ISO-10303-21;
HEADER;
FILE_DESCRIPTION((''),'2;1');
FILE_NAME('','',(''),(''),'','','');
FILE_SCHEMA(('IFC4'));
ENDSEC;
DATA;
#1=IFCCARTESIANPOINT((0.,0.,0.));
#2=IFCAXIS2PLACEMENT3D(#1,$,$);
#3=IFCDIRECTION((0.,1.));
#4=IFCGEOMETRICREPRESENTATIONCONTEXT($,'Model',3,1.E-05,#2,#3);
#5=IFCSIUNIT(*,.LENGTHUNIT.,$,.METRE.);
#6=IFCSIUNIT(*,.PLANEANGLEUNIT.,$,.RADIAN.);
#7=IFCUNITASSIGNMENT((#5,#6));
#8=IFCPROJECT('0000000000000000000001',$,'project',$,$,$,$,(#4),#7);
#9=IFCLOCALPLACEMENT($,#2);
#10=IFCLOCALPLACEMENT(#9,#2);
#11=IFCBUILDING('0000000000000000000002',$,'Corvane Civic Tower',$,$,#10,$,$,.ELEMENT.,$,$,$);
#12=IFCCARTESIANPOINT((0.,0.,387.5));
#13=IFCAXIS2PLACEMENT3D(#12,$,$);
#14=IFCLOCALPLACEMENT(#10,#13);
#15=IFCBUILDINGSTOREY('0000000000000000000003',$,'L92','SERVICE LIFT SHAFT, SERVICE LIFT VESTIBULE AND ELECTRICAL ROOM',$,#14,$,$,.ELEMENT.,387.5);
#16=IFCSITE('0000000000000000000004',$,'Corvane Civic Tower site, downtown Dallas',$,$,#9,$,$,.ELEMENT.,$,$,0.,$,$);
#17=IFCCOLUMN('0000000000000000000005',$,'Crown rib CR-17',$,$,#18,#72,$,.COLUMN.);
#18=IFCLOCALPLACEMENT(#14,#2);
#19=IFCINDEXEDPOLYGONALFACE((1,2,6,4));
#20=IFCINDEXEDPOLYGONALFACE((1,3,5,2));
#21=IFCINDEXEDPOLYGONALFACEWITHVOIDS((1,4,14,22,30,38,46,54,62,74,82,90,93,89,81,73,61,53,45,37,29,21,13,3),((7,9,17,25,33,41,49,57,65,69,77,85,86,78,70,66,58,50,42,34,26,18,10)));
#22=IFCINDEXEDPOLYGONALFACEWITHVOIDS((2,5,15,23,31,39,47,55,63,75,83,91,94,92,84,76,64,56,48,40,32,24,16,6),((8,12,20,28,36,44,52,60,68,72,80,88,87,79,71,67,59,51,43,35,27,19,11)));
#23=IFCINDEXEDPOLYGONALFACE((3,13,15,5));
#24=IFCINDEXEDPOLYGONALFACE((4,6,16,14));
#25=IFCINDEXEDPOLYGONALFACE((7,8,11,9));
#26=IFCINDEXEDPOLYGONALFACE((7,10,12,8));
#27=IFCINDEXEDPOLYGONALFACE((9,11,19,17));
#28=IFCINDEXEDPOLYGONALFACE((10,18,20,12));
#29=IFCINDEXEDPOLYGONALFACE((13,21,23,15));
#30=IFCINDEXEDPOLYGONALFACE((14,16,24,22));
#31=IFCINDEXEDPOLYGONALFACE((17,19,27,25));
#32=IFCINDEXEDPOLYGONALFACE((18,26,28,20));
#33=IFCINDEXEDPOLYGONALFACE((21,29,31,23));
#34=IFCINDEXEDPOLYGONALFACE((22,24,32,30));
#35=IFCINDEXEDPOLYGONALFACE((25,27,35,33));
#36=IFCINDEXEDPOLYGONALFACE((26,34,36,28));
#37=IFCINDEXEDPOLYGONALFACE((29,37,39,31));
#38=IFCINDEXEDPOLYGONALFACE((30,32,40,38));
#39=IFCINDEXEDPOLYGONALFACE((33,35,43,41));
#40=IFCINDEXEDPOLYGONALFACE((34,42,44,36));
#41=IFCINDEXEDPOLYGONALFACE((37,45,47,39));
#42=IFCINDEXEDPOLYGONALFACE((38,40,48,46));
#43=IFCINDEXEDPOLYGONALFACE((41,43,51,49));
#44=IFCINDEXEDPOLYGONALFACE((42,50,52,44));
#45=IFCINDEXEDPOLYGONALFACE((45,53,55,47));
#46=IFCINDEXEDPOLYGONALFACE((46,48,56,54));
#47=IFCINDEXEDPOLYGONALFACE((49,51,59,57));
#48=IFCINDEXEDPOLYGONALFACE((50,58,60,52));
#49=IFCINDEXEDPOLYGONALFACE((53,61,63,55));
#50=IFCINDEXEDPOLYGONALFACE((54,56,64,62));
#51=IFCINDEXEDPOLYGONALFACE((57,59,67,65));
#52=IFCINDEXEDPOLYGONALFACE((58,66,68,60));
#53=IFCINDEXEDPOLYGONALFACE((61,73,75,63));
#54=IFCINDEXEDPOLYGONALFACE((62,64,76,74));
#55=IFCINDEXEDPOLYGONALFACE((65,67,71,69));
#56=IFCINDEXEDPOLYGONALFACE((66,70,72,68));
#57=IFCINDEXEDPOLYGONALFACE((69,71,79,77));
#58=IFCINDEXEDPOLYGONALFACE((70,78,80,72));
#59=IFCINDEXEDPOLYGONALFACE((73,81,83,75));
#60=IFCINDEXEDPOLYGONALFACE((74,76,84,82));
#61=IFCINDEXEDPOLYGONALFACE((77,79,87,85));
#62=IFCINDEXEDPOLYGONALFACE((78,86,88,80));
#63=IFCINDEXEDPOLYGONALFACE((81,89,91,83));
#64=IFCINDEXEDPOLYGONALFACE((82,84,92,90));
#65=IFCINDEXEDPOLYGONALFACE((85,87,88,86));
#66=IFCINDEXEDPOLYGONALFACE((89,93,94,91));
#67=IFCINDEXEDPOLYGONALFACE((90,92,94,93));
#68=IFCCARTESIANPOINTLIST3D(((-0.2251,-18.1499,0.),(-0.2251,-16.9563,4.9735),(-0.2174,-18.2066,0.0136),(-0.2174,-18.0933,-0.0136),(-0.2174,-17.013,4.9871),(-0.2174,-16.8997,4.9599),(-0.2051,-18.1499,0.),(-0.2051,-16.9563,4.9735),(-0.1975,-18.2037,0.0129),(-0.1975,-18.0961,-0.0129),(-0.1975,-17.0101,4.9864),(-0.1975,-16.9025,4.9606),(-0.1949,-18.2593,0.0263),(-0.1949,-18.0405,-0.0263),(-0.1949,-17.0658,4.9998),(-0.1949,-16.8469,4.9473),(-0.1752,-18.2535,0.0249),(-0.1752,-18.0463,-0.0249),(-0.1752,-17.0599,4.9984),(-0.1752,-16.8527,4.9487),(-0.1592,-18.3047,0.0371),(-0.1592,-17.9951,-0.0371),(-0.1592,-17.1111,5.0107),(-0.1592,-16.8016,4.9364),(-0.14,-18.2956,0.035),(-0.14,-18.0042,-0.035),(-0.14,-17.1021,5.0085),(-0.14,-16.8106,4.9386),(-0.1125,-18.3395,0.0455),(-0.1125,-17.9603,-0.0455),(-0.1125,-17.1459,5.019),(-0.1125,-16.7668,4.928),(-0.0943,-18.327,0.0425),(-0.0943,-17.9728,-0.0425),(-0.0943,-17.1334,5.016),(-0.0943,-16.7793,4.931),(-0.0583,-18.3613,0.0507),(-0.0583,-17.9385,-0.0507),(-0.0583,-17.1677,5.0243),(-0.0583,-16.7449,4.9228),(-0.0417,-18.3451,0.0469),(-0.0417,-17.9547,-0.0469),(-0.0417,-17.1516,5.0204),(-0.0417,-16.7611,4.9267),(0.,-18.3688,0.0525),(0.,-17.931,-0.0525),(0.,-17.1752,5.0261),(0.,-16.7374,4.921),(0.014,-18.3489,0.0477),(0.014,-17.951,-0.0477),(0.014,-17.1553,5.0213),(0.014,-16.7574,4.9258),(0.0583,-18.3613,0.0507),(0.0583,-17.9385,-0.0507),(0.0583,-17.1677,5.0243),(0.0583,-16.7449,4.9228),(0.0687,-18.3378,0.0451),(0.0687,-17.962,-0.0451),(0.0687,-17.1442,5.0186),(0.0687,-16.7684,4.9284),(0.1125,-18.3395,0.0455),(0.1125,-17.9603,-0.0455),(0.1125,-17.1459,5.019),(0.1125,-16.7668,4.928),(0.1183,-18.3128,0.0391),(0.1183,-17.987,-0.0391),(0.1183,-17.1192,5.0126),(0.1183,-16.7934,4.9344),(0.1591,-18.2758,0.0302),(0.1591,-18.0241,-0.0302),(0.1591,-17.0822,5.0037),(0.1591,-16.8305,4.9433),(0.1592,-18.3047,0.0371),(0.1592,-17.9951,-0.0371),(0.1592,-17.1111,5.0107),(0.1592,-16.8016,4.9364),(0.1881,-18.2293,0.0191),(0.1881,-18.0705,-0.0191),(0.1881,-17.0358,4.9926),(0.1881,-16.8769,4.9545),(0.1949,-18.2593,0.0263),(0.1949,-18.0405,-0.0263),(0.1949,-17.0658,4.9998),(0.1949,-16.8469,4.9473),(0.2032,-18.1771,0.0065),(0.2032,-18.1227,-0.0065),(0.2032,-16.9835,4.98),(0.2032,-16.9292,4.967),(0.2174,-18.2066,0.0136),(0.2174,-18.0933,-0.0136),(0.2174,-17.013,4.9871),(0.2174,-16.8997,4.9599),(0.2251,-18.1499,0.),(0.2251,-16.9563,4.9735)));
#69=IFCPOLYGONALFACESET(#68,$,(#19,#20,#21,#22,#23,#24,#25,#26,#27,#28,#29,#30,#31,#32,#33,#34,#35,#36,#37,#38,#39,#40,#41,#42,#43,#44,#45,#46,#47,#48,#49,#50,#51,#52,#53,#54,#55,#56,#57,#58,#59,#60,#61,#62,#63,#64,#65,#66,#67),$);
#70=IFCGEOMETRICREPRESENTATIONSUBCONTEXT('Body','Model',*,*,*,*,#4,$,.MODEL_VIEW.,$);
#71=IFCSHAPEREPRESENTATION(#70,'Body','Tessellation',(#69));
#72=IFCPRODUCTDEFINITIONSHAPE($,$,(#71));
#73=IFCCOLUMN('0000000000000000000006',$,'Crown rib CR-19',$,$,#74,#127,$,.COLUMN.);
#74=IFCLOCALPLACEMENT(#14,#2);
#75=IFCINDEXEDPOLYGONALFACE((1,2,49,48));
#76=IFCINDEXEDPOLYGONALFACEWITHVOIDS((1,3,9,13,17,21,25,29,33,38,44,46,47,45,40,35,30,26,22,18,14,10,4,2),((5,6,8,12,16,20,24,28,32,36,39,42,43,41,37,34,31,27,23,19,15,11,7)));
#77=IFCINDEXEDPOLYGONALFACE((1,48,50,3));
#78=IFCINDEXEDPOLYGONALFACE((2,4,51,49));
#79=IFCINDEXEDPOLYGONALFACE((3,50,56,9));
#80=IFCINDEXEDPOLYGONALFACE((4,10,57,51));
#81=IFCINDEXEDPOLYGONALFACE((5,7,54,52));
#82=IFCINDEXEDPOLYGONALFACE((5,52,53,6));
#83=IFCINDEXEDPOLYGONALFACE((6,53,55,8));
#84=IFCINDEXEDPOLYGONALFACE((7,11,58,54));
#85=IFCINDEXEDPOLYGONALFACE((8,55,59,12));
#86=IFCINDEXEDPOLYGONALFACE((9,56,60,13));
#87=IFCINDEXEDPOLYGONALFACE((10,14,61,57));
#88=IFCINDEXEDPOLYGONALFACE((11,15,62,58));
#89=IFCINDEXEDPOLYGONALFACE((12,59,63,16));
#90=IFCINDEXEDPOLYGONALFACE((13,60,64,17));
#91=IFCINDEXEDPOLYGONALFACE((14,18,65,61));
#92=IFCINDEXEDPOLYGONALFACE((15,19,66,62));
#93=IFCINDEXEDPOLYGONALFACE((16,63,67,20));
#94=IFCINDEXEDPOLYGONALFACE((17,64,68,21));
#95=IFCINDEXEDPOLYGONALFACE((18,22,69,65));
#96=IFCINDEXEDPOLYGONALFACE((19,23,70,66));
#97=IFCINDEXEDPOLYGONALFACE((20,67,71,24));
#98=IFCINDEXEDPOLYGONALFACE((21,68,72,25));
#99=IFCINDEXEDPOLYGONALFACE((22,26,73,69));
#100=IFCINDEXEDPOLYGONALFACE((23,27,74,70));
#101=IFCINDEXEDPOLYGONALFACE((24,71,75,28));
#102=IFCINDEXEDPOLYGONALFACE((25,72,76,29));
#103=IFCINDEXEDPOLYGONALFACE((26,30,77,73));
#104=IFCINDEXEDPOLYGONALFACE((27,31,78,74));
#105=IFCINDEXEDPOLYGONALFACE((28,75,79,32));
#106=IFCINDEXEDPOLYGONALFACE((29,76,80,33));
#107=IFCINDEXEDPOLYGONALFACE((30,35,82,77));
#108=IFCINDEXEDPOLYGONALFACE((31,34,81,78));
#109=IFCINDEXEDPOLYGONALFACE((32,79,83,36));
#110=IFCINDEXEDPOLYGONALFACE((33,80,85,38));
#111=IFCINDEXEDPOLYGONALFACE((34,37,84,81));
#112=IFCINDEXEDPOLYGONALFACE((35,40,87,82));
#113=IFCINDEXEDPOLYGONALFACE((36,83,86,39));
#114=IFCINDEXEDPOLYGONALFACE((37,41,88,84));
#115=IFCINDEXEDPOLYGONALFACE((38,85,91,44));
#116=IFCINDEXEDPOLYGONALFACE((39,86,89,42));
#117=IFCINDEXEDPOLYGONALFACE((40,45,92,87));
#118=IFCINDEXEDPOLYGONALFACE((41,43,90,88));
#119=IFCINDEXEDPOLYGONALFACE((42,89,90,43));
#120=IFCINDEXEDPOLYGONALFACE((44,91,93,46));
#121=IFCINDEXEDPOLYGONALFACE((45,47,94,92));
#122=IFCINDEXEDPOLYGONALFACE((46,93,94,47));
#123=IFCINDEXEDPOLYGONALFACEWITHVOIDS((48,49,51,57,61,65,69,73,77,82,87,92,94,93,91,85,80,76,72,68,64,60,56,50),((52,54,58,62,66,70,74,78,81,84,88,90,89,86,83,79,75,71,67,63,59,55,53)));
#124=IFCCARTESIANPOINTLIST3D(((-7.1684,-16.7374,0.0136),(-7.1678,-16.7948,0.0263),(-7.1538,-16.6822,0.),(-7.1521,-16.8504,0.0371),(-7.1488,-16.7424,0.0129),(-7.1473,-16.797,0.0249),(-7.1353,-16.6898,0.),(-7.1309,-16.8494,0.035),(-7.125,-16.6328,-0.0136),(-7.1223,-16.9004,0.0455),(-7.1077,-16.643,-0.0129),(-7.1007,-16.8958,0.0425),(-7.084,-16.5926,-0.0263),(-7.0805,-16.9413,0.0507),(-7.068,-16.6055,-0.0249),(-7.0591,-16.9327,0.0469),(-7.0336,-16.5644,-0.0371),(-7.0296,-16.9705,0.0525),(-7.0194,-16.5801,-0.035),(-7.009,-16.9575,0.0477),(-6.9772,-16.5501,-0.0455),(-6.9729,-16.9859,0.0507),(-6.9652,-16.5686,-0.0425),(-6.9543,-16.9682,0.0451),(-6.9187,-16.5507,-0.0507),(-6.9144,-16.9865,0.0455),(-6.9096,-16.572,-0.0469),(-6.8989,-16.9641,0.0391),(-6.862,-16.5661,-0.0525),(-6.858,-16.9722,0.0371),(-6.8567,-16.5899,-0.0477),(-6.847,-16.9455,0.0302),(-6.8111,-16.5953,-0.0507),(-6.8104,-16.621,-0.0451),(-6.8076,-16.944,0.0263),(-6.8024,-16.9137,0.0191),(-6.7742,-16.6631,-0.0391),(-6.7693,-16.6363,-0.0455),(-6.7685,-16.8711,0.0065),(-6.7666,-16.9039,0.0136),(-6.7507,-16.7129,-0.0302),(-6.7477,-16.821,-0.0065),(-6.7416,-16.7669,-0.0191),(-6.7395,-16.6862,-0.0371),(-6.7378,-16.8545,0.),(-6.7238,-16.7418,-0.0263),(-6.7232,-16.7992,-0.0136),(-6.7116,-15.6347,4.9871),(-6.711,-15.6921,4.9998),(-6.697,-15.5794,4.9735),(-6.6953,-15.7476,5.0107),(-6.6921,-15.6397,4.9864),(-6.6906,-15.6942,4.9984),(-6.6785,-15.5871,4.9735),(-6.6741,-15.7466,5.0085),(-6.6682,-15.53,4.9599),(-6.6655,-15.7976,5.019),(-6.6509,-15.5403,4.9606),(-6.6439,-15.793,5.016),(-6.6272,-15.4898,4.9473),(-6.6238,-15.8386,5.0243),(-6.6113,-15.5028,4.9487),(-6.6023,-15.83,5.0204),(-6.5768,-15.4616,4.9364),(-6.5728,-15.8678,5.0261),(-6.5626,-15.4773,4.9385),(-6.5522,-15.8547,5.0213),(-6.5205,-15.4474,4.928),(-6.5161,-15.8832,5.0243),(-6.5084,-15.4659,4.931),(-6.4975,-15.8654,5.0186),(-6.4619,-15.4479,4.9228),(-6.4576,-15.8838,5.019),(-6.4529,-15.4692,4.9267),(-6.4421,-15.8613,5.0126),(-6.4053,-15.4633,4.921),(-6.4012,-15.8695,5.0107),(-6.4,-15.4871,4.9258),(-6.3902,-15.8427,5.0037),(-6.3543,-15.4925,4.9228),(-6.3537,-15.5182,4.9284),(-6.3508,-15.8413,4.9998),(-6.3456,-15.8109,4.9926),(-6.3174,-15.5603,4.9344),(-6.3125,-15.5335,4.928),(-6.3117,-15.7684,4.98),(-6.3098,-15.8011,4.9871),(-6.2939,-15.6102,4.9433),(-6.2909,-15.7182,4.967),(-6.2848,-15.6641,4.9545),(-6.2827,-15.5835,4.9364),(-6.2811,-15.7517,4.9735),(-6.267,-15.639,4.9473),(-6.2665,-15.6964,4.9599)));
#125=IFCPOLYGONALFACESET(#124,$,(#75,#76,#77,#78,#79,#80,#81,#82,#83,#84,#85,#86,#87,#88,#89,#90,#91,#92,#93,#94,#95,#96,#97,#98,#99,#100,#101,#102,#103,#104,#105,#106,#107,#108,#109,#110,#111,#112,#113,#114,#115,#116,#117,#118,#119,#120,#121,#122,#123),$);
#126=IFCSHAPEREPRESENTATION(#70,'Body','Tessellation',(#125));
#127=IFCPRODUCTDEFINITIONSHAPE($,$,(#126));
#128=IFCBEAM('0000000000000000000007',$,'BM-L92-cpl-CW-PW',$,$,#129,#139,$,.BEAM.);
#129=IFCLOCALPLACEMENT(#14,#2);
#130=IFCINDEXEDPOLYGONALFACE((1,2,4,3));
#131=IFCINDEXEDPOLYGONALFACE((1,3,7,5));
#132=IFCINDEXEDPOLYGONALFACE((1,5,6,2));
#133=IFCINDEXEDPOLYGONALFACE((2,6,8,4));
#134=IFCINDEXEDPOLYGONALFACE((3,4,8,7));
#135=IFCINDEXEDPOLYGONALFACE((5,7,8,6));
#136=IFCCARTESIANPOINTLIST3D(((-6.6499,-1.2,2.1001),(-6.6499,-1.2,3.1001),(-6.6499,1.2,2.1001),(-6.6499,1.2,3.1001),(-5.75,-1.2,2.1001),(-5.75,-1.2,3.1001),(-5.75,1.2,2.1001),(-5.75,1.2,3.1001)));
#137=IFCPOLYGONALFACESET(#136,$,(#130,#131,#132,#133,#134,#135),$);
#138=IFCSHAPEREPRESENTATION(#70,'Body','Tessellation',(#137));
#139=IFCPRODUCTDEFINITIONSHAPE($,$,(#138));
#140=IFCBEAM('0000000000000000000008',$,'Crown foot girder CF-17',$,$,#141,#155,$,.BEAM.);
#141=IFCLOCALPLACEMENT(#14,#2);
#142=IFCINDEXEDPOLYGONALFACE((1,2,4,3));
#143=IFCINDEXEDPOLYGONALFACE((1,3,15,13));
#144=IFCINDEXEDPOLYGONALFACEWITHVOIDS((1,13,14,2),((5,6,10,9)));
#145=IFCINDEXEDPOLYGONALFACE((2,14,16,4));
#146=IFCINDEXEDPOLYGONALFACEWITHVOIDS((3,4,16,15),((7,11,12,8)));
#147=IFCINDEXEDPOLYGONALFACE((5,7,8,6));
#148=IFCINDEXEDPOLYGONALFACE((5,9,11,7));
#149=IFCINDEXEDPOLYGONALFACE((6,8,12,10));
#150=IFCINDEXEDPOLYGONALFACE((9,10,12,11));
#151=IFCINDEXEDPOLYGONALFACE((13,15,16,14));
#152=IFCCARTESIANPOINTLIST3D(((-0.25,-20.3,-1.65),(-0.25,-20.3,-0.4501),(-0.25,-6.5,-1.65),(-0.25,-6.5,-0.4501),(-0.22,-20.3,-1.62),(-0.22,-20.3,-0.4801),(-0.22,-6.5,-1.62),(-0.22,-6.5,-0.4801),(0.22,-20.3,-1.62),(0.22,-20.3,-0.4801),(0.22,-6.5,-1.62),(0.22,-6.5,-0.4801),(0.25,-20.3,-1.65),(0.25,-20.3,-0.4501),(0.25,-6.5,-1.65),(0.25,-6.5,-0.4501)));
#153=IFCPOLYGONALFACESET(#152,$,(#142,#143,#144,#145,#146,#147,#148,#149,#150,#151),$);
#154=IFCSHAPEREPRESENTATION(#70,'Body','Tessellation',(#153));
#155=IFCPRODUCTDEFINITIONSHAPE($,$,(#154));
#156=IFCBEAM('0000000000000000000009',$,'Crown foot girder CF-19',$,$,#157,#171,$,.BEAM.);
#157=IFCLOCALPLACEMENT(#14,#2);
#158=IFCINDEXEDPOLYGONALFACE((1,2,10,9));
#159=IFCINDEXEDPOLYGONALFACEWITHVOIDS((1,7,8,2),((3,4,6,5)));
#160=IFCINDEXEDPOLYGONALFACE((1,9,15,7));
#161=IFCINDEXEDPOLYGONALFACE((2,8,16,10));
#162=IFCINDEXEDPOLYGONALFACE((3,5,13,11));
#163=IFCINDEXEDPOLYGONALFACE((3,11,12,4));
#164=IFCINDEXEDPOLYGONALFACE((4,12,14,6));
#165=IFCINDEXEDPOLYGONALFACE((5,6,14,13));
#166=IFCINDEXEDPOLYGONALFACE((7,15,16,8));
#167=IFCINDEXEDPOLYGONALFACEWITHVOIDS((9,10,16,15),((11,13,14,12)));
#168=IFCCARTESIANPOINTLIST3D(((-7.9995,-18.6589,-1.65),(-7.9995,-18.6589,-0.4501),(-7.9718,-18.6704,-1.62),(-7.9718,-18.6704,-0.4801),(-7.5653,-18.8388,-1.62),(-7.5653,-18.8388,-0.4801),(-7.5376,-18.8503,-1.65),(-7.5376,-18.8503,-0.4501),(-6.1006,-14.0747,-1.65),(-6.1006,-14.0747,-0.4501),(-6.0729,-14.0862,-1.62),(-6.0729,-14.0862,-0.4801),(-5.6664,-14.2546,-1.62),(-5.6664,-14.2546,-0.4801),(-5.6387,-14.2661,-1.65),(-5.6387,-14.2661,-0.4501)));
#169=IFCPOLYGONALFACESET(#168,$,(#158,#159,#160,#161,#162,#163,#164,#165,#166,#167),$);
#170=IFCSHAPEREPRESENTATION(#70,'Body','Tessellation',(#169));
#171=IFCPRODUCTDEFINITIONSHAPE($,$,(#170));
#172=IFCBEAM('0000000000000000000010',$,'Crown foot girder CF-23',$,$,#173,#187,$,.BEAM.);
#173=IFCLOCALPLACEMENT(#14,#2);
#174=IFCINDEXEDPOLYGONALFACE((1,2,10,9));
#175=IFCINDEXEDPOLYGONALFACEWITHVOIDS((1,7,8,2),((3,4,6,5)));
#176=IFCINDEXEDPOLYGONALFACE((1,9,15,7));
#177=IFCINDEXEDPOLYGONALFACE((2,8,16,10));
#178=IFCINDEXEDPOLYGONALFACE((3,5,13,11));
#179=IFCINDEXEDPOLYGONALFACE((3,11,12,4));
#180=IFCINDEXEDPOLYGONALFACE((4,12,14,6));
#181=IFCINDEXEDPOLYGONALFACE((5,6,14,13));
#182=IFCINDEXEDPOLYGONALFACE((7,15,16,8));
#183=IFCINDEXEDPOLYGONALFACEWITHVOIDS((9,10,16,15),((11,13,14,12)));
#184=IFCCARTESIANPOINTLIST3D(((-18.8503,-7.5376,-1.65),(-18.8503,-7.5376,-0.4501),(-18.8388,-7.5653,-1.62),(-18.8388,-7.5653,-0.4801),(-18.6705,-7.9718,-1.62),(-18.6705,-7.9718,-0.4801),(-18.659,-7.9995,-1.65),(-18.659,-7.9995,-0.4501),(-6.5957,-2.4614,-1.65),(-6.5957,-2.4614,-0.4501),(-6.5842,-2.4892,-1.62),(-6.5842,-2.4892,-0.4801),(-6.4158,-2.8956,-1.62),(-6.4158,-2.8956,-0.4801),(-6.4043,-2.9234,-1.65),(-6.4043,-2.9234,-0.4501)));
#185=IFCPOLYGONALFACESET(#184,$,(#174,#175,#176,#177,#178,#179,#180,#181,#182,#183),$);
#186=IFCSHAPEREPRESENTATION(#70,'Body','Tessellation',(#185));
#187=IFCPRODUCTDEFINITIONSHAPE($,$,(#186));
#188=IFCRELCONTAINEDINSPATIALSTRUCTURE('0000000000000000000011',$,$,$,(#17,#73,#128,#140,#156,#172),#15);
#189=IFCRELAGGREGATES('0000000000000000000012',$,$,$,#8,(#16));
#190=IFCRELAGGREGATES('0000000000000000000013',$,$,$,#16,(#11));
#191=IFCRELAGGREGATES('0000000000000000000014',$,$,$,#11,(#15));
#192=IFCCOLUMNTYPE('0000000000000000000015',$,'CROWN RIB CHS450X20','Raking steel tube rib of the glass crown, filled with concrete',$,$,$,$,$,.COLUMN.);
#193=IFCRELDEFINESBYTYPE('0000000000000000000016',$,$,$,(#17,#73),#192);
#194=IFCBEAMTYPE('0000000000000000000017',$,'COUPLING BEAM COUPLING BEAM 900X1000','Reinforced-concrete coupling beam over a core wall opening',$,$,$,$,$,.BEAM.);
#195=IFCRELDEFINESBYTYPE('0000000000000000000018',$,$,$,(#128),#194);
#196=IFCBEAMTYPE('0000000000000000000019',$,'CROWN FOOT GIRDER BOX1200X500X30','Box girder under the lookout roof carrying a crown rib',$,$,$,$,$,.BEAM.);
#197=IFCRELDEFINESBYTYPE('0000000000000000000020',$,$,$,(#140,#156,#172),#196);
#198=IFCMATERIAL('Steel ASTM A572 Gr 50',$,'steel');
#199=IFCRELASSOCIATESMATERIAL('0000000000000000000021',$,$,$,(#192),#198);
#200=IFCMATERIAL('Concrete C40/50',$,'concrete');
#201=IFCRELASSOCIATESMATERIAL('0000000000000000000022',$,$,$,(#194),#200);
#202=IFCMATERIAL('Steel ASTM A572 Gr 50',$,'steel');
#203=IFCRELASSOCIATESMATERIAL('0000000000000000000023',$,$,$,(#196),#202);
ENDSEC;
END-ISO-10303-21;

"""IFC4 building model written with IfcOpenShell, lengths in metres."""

from ifc_helpers import new_model, si_unit, direction, frame, origin, origin_2d, place, context, subcontext, project, spatial, rectangle, hollow_rectangle, hollow_circle, extrude, material, material_profile, profile_set, type_object, element, save


model = new_model("IFC4")

# Units and contexts
model_context = context("Model", 3, precision=1e-05, world=origin(), true_north=direction((0.0, 1.0)))
body_context = subcontext(model_context, "Body", "Model", "MODEL_VIEW")
ifc_project = project(units=[si_unit("LENGTHUNIT", "METRE"), si_unit("PLANEANGLEUNIT", "RADIAN")], contexts=[model_context])

# Site, building, storey
site_placement = place(None, origin())
site = spatial("IfcSite", under=ifc_project, at=site_placement, Name="Corvane Civic Tower site, downtown Dallas", CompositionType="ELEMENT", RefElevation=0.0)
building_placement = place(site_placement, origin())
building = spatial("IfcBuilding", under=site, at=building_placement, Name="Corvane Civic Tower", CompositionType="ELEMENT")
storey_placement = place(building_placement, frame((0.0, 0.0, 387.5)))
storey = spatial("IfcBuildingStorey", under=building, at=storey_placement, Name="L92", Description="SERVICE LIFT SHAFT, SERVICE LIFT VESTIBULE AND ELECTRICAL ROOM", CompositionType="ELEMENT", Elevation=387.5)

# Columns
ifc_material_1 = material(Name="Steel ASTM A572 Gr 50", Category="steel")
ifc_material_profile_1 = material_profile(ifc_material_1, hollow_circle(Radius=0.2251, WallThickness=0.02, at=origin_2d()), Name="CHS450X20")
ifc_profile_set_1 = profile_set([ifc_material_profile_1], Name="Steel ASTM A572 Gr 50")
column_type = type_object("IfcColumnType", Name="CROWN RIB CHS450X20", Description="Raking steel tube rib of the glass crown, filled with concrete", PredefinedType="COLUMN", material=ifc_profile_set_1)
for number, where, z_axis, x_axis, name in (
    (1, (0.0, -18.1499, 0.0), (0.0, 0.23336, 0.97239), (-1.0, 0.0, 0.0), "Crown rib CR-17"),
    (2, (-6.9458, -16.7683, 0.0), (0.089306, 0.215604, 0.972389), (-0.92388, 0.382683, 0.0), "Crown rib CR-19"),
):
    element("IfcColumn", number, at=place(storey_placement, frame(where, z_axis=z_axis, x_axis=x_axis)), inside=storey, type_object=column_type, Name=name, PredefinedType="COLUMN", context=body_context, shape_type="SweptSolid", body=[
        extrude(hollow_circle(Radius=0.2251, WallThickness=0.02, at=origin_2d()), origin(), (0.0, 0.0, 1.0), 5.1147),
    ])

# Beams
ifc_material_2 = material(Name="Concrete C40/50", Category="concrete")
ifc_material_profile_2 = material_profile(ifc_material_2, rectangle(XDim=0.8999, YDim=1.0, at=origin_2d()), Name="COUPLING BEAM 900X1000")
ifc_profile_set_2 = profile_set([ifc_material_profile_2], Name="Concrete C40/50")
beam_type_1 = type_object("IfcBeamType", Name="COUPLING BEAM COUPLING BEAM 900X1000", Description="Reinforced-concrete coupling beam over a core wall opening", PredefinedType="BEAM", material=ifc_profile_set_2)
beam_1_placement = place(storey_placement, frame((-6.2, -1.2, 2.6001), z_axis=(0.0, 1.0, 0.0), x_axis=(-1.0, 0.0, 0.0)))
element("IfcBeam", 3, at=beam_1_placement, inside=storey, type_object=beam_type_1, Name="BM-L92-cpl-CW-PW", PredefinedType="BEAM", context=body_context, shape_type="SweptSolid", body=[
    extrude(rectangle(XDim=0.8999, YDim=1.0, at=origin_2d()), origin(), (0.0, 0.0, 1.0), 2.3999),
])
ifc_material_3 = material(Name="Steel ASTM A572 Gr 50", Category="steel")
ifc_material_profile_3 = material_profile(ifc_material_3, hollow_rectangle(XDim=0.5, YDim=1.2, WallThickness=0.03, at=origin_2d()), Name="BOX1200X500X30")
ifc_profile_set_3 = profile_set([ifc_material_profile_3], Name="Steel ASTM A572 Gr 50")
beam_type_2 = type_object("IfcBeamType", Name="CROWN FOOT GIRDER BOX1200X500X30", Description="Box girder under the lookout roof carrying a crown rib", PredefinedType="BEAM", material=ifc_profile_set_3)
beam_2_placement = place(storey_placement, frame((0.0, -6.5, -1.05), z_axis=(0.0, -1.0, 0.0), x_axis=(1.0, 0.0, 0.0)))
element("IfcBeam", 4, at=beam_2_placement, inside=storey, type_object=beam_type_2, Name="Crown foot girder CF-17", PredefinedType="BEAM", context=body_context, shape_type="SweptSolid", body=[
    extrude(hollow_rectangle(XDim=0.5, YDim=1.2, WallThickness=0.03, at=origin_2d()), origin(), (0.0, 0.0, 1.0), 13.8),
])
beam_3_placement = place(storey_placement, frame((-5.8696, -14.1704, -1.05), z_axis=(-0.382697, -0.923874, 0.0), x_axis=(0.923874, -0.382697, 0.0)))
element("IfcBeam", 5, at=beam_3_placement, inside=storey, type_object=beam_type_2, Name="Crown foot girder CF-19", PredefinedType="BEAM", context=body_context, shape_type="SweptSolid", body=[
    extrude(hollow_rectangle(XDim=0.5, YDim=1.2, WallThickness=0.03, at=origin_2d()), origin(), (0.0, 0.0, 1.0), 4.9619),
])
beam_4_placement = place(storey_placement, frame((-6.5, -2.6924, -1.05), z_axis=(-0.923876, -0.382692, 0.0), x_axis=(0.382692, -0.923876, 0.0)))
element("IfcBeam", 6, at=beam_4_placement, inside=storey, type_object=beam_type_2, Name="Crown foot girder CF-23", PredefinedType="BEAM", context=body_context, shape_type="SweptSolid", body=[
    extrude(hollow_rectangle(XDim=0.5, YDim=1.2, WallThickness=0.03, at=origin_2d()), origin(), (0.0, 0.0, 1.0), 13.2644),
])

save(model, "model.ifc")
